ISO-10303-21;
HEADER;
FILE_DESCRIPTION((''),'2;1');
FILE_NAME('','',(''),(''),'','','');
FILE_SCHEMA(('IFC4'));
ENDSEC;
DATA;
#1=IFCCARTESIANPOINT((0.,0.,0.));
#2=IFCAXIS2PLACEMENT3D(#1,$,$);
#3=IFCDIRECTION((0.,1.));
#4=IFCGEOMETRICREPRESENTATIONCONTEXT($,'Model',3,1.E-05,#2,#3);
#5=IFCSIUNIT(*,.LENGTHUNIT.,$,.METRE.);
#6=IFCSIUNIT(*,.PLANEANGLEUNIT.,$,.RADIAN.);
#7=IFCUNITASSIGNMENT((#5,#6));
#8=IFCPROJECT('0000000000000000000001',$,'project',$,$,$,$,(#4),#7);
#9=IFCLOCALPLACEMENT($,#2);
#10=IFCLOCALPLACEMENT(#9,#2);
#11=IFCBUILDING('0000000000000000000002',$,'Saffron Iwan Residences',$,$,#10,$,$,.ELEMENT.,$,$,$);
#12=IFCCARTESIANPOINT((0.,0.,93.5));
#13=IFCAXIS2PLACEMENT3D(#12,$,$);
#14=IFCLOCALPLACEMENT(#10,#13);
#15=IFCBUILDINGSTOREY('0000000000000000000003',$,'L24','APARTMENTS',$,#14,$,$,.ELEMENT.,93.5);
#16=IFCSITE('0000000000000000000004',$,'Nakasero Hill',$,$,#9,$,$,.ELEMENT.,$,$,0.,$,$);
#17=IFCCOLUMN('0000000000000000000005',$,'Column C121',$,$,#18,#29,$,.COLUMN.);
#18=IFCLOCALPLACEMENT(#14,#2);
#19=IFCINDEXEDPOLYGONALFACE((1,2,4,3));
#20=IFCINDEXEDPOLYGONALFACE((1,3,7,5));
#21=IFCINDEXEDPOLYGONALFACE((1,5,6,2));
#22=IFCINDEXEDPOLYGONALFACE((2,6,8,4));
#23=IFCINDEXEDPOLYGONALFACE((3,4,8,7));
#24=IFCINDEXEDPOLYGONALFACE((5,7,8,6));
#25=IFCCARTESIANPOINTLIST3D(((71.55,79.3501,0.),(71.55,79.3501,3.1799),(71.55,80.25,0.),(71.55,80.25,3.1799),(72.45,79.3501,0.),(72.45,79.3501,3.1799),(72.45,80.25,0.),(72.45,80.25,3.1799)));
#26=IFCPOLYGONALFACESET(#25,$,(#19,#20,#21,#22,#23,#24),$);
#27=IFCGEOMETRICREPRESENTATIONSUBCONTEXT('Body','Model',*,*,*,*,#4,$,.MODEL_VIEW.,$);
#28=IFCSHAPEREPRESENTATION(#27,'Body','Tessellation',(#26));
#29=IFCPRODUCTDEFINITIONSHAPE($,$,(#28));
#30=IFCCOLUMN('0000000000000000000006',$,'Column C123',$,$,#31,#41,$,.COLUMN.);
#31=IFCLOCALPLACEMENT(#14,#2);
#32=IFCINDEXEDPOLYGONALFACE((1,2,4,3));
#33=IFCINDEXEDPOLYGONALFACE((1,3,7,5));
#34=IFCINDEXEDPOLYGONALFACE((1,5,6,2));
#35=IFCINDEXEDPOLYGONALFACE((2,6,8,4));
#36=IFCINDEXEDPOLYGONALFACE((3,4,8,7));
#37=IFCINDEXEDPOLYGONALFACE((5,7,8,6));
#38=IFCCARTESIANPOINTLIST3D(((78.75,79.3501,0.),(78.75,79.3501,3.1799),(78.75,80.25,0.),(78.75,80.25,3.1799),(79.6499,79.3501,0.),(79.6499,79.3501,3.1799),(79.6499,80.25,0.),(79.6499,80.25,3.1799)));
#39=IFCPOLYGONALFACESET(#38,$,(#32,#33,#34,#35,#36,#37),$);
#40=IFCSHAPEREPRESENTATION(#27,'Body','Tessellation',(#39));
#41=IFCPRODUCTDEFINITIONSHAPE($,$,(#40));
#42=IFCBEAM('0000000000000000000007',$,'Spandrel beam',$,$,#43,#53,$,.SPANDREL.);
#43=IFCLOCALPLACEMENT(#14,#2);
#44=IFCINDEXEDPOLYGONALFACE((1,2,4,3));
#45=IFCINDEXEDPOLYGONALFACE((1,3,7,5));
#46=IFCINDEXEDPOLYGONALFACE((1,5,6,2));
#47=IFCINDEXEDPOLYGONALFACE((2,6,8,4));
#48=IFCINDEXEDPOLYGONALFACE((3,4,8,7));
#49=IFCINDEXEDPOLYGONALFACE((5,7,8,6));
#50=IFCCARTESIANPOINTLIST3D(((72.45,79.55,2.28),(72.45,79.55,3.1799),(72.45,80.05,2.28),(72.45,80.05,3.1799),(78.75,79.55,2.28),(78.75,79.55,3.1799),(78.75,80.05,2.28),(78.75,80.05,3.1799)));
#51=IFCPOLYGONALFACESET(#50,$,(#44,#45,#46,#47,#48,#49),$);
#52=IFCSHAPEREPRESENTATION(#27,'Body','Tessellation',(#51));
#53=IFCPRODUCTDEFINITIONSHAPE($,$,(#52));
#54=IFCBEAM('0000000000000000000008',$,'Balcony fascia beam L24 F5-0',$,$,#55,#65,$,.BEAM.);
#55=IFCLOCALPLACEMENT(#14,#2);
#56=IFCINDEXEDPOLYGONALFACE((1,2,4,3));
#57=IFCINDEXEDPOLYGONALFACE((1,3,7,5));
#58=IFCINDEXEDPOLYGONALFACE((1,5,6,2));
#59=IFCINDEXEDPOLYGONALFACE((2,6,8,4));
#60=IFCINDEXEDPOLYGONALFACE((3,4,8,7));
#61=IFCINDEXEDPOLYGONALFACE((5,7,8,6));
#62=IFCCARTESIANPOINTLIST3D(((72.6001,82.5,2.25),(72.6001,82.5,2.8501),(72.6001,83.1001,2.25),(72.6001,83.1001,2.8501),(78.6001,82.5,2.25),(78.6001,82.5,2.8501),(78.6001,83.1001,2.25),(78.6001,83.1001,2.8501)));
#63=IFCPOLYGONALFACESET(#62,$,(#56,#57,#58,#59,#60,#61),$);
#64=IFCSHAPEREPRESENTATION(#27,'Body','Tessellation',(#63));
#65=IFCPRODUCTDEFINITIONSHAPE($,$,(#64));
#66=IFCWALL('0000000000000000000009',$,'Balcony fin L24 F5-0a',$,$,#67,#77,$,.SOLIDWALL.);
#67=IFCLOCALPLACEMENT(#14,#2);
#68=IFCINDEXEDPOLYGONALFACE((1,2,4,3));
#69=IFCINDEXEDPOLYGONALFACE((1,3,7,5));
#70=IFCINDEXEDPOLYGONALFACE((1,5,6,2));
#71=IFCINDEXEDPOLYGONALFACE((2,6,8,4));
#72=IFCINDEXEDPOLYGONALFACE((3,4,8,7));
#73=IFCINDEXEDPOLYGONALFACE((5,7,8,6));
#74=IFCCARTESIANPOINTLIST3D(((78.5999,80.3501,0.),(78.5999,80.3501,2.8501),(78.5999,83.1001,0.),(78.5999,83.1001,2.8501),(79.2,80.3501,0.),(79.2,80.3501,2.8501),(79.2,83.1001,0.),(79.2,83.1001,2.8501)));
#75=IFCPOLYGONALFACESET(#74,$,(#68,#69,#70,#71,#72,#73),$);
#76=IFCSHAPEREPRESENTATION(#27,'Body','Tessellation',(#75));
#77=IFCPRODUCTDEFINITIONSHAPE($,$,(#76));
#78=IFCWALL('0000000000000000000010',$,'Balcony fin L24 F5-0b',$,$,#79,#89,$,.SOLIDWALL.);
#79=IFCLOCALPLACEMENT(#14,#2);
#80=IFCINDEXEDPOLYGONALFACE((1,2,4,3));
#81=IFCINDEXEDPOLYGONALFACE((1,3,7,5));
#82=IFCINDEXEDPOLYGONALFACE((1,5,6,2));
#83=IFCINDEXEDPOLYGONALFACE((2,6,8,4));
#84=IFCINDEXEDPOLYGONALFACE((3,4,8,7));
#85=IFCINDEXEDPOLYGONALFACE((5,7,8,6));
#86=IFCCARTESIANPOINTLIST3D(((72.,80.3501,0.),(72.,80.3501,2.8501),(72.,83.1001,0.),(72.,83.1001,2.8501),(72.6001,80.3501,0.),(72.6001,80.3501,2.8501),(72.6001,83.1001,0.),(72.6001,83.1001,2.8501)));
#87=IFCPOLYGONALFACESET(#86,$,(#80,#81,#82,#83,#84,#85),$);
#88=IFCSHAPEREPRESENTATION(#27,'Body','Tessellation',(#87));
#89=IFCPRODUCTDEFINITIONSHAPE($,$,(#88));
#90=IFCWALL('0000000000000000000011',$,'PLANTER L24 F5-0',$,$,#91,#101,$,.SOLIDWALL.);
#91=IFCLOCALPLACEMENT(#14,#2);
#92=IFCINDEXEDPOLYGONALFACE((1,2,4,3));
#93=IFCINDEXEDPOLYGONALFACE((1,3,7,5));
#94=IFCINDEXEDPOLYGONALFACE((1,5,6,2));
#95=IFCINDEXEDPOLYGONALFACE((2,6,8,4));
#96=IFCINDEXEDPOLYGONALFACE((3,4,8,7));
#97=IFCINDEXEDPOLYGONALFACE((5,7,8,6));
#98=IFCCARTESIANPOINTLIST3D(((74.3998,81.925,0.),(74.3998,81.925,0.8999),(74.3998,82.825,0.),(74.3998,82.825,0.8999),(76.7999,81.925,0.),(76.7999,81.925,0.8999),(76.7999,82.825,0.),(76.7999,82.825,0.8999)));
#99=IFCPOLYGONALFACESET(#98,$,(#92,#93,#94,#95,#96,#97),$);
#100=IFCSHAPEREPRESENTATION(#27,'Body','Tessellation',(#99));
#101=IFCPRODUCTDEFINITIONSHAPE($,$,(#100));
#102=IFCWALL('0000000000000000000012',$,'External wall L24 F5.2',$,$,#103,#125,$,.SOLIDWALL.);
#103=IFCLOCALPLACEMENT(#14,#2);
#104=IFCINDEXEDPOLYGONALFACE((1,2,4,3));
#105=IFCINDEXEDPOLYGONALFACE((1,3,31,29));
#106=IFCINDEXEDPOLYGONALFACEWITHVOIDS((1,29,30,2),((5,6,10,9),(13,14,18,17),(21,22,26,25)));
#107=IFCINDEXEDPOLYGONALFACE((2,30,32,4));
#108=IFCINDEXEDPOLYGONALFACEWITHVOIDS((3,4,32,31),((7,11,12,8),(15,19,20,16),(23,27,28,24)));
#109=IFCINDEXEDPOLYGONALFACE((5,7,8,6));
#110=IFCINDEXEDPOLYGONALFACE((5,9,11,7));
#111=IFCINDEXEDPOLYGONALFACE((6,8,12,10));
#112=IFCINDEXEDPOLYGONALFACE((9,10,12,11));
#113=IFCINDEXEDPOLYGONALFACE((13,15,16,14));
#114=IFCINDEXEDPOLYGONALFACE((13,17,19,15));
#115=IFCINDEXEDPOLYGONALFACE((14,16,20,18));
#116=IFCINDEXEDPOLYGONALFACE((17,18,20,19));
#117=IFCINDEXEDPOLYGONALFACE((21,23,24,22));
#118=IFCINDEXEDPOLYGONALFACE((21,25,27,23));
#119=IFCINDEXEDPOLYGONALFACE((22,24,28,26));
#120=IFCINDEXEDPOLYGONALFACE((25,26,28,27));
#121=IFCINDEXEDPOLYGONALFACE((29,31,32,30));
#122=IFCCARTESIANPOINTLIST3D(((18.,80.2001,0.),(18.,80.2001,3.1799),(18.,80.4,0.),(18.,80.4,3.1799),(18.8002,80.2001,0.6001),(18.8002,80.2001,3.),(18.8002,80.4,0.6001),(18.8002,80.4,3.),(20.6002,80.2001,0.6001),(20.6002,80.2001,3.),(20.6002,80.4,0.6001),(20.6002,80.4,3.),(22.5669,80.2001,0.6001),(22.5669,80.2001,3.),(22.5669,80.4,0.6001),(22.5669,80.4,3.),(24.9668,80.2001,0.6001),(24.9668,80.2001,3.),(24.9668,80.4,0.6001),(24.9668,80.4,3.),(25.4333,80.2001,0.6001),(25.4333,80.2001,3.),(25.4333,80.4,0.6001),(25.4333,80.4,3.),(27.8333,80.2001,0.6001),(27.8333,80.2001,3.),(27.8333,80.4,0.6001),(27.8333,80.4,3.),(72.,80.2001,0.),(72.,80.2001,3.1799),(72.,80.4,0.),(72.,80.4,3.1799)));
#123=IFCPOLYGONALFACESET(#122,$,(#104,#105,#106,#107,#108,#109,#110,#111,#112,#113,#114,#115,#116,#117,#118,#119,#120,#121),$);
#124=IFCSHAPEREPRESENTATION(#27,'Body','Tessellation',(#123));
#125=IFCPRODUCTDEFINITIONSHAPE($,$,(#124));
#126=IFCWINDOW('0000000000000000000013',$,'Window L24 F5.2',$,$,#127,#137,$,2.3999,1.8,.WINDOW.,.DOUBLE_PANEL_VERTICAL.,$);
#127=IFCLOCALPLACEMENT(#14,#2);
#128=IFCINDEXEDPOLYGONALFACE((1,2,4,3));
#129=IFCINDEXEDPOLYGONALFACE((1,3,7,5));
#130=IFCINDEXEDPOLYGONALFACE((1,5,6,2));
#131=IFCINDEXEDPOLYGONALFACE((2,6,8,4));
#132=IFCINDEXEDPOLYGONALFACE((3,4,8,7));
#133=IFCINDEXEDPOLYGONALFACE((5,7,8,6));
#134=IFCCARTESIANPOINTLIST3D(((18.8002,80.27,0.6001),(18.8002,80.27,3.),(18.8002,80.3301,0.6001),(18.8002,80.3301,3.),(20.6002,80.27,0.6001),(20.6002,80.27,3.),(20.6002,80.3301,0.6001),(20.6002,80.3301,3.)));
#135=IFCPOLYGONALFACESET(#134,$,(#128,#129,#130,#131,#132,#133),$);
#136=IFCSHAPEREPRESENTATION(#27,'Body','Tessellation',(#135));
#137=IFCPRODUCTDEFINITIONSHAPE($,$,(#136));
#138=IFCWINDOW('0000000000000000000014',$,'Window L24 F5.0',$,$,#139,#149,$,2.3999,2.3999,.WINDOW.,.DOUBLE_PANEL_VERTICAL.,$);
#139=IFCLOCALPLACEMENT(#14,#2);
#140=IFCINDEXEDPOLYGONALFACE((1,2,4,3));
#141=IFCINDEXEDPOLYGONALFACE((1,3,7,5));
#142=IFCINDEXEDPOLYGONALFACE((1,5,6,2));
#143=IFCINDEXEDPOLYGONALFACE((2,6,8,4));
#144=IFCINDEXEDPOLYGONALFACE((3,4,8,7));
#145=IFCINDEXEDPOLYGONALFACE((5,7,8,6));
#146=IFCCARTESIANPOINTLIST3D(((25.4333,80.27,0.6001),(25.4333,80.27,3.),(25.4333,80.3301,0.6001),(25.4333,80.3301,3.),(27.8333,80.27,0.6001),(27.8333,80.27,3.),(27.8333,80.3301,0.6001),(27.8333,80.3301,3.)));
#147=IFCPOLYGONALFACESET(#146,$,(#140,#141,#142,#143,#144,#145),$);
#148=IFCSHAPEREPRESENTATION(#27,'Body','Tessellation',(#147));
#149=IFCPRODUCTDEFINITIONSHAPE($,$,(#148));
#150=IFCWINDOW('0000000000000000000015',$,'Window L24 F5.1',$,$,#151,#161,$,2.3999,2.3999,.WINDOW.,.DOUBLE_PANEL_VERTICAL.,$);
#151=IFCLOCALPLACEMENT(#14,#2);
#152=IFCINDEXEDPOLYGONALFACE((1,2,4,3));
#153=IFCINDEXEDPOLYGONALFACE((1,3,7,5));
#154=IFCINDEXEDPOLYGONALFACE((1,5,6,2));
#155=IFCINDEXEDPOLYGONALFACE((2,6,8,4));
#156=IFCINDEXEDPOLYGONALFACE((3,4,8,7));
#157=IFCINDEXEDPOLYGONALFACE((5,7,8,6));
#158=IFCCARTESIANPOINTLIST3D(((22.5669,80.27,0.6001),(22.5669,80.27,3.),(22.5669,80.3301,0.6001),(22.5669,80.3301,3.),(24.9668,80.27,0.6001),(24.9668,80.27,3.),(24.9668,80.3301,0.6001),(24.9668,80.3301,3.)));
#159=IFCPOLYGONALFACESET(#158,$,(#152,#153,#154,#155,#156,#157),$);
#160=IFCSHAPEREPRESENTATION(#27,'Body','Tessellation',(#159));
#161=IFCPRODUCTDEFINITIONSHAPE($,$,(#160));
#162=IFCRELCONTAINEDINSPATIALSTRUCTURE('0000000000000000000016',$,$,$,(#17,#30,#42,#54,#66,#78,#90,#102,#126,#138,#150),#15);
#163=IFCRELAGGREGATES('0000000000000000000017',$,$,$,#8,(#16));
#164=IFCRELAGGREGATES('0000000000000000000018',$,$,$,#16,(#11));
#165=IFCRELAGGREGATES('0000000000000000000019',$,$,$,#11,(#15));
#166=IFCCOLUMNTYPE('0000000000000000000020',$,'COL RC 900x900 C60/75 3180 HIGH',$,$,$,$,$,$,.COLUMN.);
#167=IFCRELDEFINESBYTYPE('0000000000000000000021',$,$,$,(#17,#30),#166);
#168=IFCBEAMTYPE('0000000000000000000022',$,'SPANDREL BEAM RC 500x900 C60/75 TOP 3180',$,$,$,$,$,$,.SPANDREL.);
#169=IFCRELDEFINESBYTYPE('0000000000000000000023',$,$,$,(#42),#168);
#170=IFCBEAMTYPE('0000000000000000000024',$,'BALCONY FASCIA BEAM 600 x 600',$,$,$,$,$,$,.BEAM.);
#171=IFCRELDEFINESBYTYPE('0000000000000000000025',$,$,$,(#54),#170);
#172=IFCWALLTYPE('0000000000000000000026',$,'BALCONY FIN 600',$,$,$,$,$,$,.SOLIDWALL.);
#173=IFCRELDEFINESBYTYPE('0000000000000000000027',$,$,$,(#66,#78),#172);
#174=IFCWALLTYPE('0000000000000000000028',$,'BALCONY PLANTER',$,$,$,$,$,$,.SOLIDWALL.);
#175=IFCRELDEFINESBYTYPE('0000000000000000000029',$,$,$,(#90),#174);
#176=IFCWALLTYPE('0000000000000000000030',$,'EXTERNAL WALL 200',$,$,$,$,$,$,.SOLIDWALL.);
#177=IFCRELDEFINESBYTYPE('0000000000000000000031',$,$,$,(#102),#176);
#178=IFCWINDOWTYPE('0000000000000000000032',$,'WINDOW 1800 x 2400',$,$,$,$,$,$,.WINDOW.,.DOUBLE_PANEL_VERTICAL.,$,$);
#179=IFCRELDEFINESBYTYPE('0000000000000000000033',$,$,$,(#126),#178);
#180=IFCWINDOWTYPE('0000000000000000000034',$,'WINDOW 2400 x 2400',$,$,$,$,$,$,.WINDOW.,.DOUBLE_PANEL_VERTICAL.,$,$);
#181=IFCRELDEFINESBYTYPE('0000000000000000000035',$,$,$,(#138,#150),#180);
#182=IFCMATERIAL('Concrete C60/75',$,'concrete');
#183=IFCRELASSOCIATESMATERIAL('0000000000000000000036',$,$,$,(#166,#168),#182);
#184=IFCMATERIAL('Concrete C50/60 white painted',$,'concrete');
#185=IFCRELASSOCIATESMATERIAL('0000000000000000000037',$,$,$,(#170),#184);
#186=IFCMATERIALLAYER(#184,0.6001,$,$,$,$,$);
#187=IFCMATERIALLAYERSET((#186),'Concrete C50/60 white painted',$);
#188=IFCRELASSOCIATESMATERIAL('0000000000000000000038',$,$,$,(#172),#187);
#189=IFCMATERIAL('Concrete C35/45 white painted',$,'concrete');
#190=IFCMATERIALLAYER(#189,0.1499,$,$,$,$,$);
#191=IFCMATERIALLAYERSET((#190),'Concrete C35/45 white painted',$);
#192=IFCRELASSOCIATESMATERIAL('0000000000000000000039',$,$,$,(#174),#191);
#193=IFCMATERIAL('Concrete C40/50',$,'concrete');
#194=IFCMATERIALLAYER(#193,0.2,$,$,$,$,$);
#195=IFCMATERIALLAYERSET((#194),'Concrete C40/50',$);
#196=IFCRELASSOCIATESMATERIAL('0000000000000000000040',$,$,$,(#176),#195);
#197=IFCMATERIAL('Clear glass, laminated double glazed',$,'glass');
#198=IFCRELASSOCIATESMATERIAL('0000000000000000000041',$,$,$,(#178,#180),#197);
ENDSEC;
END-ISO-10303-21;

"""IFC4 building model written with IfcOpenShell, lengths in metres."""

from ifc_helpers import new_model, si_unit, direction, frame, frame_2d, origin, origin_2d, place, context, subcontext, project, spatial, rectangle, extrude, source, transform, mapped, material, layer, layer_set, material_profile, profile_set, type_object, element, fill, save


model = new_model("IFC4")

# Units and contexts
model_context = context("Model", 3, precision=1e-05, world=origin(), true_north=direction((0.0, 1.0)))
body_context = subcontext(model_context, "Body", "Model", "MODEL_VIEW")
ifc_project = project(units=[si_unit("LENGTHUNIT", "METRE"), si_unit("PLANEANGLEUNIT", "RADIAN")], contexts=[model_context])

# Site, building, storey
site_placement = place(None, origin())
site = spatial("IfcSite", under=ifc_project, at=site_placement, Name="Nakasero Hill", CompositionType="ELEMENT", RefElevation=0.0)
building_placement = place(site_placement, origin())
building = spatial("IfcBuilding", under=site, at=building_placement, Name="Saffron Iwan Residences", CompositionType="ELEMENT")
storey_placement = place(building_placement, frame((0.0, 0.0, 93.5)))
storey = spatial("IfcBuildingStorey", under=building, at=storey_placement, Name="L24", Description="APARTMENTS", CompositionType="ELEMENT", Elevation=93.5)

# Columns
ifc_material_1 = material(Name="Concrete C60/75", Category="concrete")
ifc_material_profile_1 = material_profile(ifc_material_1, rectangle(XDim=0.8999, YDim=0.8999, at=origin_2d()), Name="RC 900x900")
ifc_profile_set_1 = profile_set([ifc_material_profile_1], Name="Concrete C60/75")
column_type = type_object("IfcColumnType", Name="COL RC 900x900 C60/75 3180 HIGH", PredefinedType="COLUMN", material=ifc_profile_set_1)
shared_shape_1 = source(origin(), body_context, "Body", "SweptSolid", [
    extrude(rectangle(XDim=0.8999, YDim=0.8999, at=origin_2d()), origin(), (0.0, 0.0, 1.0), 3.1799),
])
for number, where, z_axis, x_axis, name in (
    (1, (72.0, 79.8, 0.0), (0.0, 0.0, 1.0), (1.0, 0.0, 0.0), "Column C121"),
    (2, (79.2, 79.8, 0.0), (0.0, 0.0, 1.0), (1.0, 0.0, 0.0), "Column C123"),
):
    element("IfcColumn", number, at=place(storey_placement, frame(where, z_axis=z_axis, x_axis=x_axis)), inside=storey, type_object=column_type, Name=name, PredefinedType="COLUMN", context=body_context, shape_type="MappedRepresentation", body=[
        mapped(shared_shape_1, transform((0.0, 0.0, 0.0))),
    ])

# Beams
ifc_material_profile_2 = material_profile(ifc_material_1, rectangle(XDim=0.5, YDim=0.8999, at=origin_2d()), Name="RC 500x900")
ifc_profile_set_2 = profile_set([ifc_material_profile_2], Name="Concrete C60/75")
beam_type_1 = type_object("IfcBeamType", Name="SPANDREL BEAM RC 500x900 C60/75 TOP 3180", PredefinedType="SPANDREL", material=ifc_profile_set_2)
shared_shape_2 = source(origin(), body_context, "Body", "SweptSolid", [
    extrude(rectangle(XDim=0.5, YDim=0.8999, at=origin_2d()), origin(), (0.0, 0.0, 1.0), 6.3),
])
beam_1_placement = place(storey_placement, frame((72.45, 79.8, 2.73), z_axis=(1.0, 0.0, 0.0), x_axis=(0.0, 1.0, 0.0)))
element("IfcBeam", 3, at=beam_1_placement, inside=storey, type_object=beam_type_1, Name="Spandrel beam", PredefinedType="SPANDREL", context=body_context, shape_type="MappedRepresentation", body=[
    mapped(shared_shape_2, transform((0.0, 0.0, 0.0))),
])
ifc_material_2 = material(Name="Concrete C50/60 white painted", Category="concrete")
ifc_material_profile_3 = material_profile(ifc_material_2, rectangle(XDim=0.6001, YDim=0.6001, at=origin_2d()), Name="BALCONY FASCIA BEAM 600 x 600")
ifc_profile_set_3 = profile_set([ifc_material_profile_3], Name="Concrete C50/60 white painted")
beam_type_2 = type_object("IfcBeamType", Name="BALCONY FASCIA BEAM 600 x 600", PredefinedType="BEAM", material=ifc_profile_set_3)
shared_shape_3 = source(origin(), body_context, "Body", "SweptSolid", [
    extrude(rectangle(XDim=0.6001, YDim=0.6001, at=origin_2d()), origin(), (0.0, 0.0, 1.0), 6.0),
])
beam_2_placement = place(storey_placement, frame((78.6001, 82.8, 2.55), z_axis=(-1.0, 0.0, 0.0), x_axis=(0.0, -1.0, 0.0)))
element("IfcBeam", 4, at=beam_2_placement, inside=storey, type_object=beam_type_2, Name="Balcony fascia beam L24 F5-0", PredefinedType="BEAM", context=body_context, shape_type="MappedRepresentation", body=[
    mapped(shared_shape_3, transform((0.0, 0.0, 0.0))),
])

# Walls
ifc_layer_1 = layer(ifc_material_2, 0.6001)
ifc_layer_set_1 = layer_set([ifc_layer_1], Name="Concrete C50/60 white painted")
wall_type_1 = type_object("IfcWallType", Name="BALCONY FIN 600", PredefinedType="SOLIDWALL", material=ifc_layer_set_1)
for number, where, z_axis, x_axis, name in (
    (5, (78.8999, 80.3501, 0.0), (0.0, 0.0, 1.0), (0.0, 1.0, 0.0), "Balcony fin L24 F5-0a"),
    (6, (72.3, 80.3501, 0.0), (0.0, 0.0, 1.0), (0.0, 1.0, 0.0), "Balcony fin L24 F5-0b"),
):
    element("IfcWall", number, at=place(storey_placement, frame(where, z_axis=z_axis, x_axis=x_axis)), inside=storey, type_object=wall_type_1, Name=name, PredefinedType="SOLIDWALL", context=body_context, shape_type="SweptSolid", body=[
        extrude(rectangle(XDim=2.75, YDim=0.6001, at=frame_2d((1.375, 0.0))), origin(), (0.0, 0.0, 1.0), 2.8501),
    ])
ifc_material_3 = material(Name="Concrete C35/45 white painted", Category="concrete")
ifc_layer_2 = layer(ifc_material_3, 0.1499)
ifc_layer_set_2 = layer_set([ifc_layer_2], Name="Concrete C35/45 white painted")
wall_type_2 = type_object("IfcWallType", Name="BALCONY PLANTER", PredefinedType="SOLIDWALL", material=ifc_layer_set_2)
wall_1_placement = place(storey_placement, frame((76.8, 82.375, 0.0), z_axis=(0.0, 0.0, 1.0), x_axis=(-1.0, 0.0, 0.0)))
element("IfcWall", 7, at=wall_1_placement, inside=storey, type_object=wall_type_2, Name="PLANTER L24 F5-0", PredefinedType="SOLIDWALL", context=body_context, shape_type="SweptSolid", body=[
    extrude(rectangle(XDim=2.4001, YDim=0.8999, at=frame_2d((1.2002, 0.0))), origin(), (0.0, 0.0, 1.0), 0.8999),
])

# Shared definitions
ifc_material_4 = material(Name="Concrete C40/50", Category="concrete")
ifc_layer_3 = layer(ifc_material_4, 0.2)
ifc_layer_set_3 = layer_set([ifc_layer_3], Name="Concrete C40/50")
wall_type_3 = type_object("IfcWallType", Name="EXTERNAL WALL 200", PredefinedType="SOLIDWALL", material=ifc_layer_set_3)
ifc_material_5 = material(Name="Clear glass, laminated double glazed", Category="glass")

# Wall, openings, windows
wall_2_placement = place(storey_placement, frame((72.0, 80.3, 0.0), z_axis=(0.0, 0.0, 1.0), x_axis=(-1.0, 0.0, 0.0)))
wall_2 = element("IfcWall", 8, at=wall_2_placement, inside=storey, type_object=wall_type_3, Name="External wall L24 F5.2", PredefinedType="SOLIDWALL", context=body_context, shape_type="SweptSolid", body=[
    extrude(rectangle(XDim=54.0, YDim=0.2, at=frame_2d((27.0, 0.0))), origin(), (0.0, 0.0, 1.0), 3.1799),
])
opening_1_placement = place(wall_2_placement, frame((44.1667, 0.0, 0.6001)))
opening_1 = element("IfcOpeningElement", 9, at=opening_1_placement, cuts=wall_2, PredefinedType="OPENING", context=body_context, shape_type="SweptSolid", body=[
    extrude(rectangle(XDim=2.3999, YDim=2.3999, at=frame_2d((1.2, 1.2))), frame((0.0, 0.1099, 0.0), z_axis=(0.0, -1.0, 0.0), x_axis=(1.0, 0.0, 0.0)), (0.0, 0.0, 1.0), 0.22),
])
opening_2_placement = place(wall_2_placement, frame((47.0332, 0.0, 0.6001)))
opening_2 = element("IfcOpeningElement", 10, at=opening_2_placement, cuts=wall_2, PredefinedType="OPENING", context=body_context, shape_type="SweptSolid", body=[
    extrude(rectangle(XDim=2.3999, YDim=2.3999, at=frame_2d((1.2, 1.2))), frame((0.0, 0.1099, 0.0), z_axis=(0.0, -1.0, 0.0), x_axis=(1.0, 0.0, 0.0)), (0.0, 0.0, 1.0), 0.22),
])
opening_3_placement = place(wall_2_placement, frame((51.3999, 0.0, 0.6001)))
opening_3 = element("IfcOpeningElement", 11, at=opening_3_placement, cuts=wall_2, PredefinedType="OPENING", context=body_context, shape_type="SweptSolid", body=[
    extrude(rectangle(XDim=1.8, YDim=2.3999, at=frame_2d((0.8999, 1.2))), frame((0.0, 0.1099, 0.0), z_axis=(0.0, -1.0, 0.0), x_axis=(1.0, 0.0, 0.0)), (0.0, 0.0, 1.0), 0.22),
])
window_type_1 = type_object("IfcWindowType", Name="WINDOW 1800 x 2400", PartitioningType="DOUBLE_PANEL_VERTICAL", PredefinedType="WINDOW", material=ifc_material_5)
window_1_placement = place(opening_3_placement, origin())
window_1 = element("IfcWindow", 12, at=window_1_placement, inside=storey, type_object=window_type_1, Name="Window L24 F5.2", OverallHeight=2.3999, OverallWidth=1.8, PartitioningType="DOUBLE_PANEL_VERTICAL", PredefinedType="WINDOW", context=body_context, shape_type="SweptSolid", body=[
    extrude(rectangle(XDim=1.8, YDim=2.3999, at=frame_2d((0.8999, 1.2))), frame((0.0, 0.03, 0.0), z_axis=(0.0, -1.0, 0.0), x_axis=(1.0, 0.0, 0.0)), (0.0, 0.0, 1.0), 0.0601),
])
fill(opening_3, window_1)
window_type_2 = type_object("IfcWindowType", Name="WINDOW 2400 x 2400", PartitioningType="DOUBLE_PANEL_VERTICAL", PredefinedType="WINDOW", material=ifc_material_5)
window_2_placement = place(opening_1_placement, origin())
window_2 = element("IfcWindow", 13, at=window_2_placement, inside=storey, type_object=window_type_2, Name="Window L24 F5.0", OverallHeight=2.3999, OverallWidth=2.3999, PartitioningType="DOUBLE_PANEL_VERTICAL", PredefinedType="WINDOW", context=body_context, shape_type="SweptSolid", body=[
    extrude(rectangle(XDim=2.3999, YDim=2.3999, at=frame_2d((1.2, 1.2))), frame((0.0, 0.03, 0.0), z_axis=(0.0, -1.0, 0.0), x_axis=(1.0, 0.0, 0.0)), (0.0, 0.0, 1.0), 0.0601),
])
fill(opening_1, window_2)
window_3_placement = place(opening_2_placement, origin())
window_3 = element("IfcWindow", 14, at=window_3_placement, inside=storey, type_object=window_type_2, Name="Window L24 F5.1", OverallHeight=2.3999, OverallWidth=2.3999, PartitioningType="DOUBLE_PANEL_VERTICAL", PredefinedType="WINDOW", context=body_context, shape_type="SweptSolid", body=[
    extrude(rectangle(XDim=2.3999, YDim=2.3999, at=frame_2d((1.2, 1.2))), frame((0.0, 0.03, 0.0), z_axis=(0.0, -1.0, 0.0), x_axis=(1.0, 0.0, 0.0)), (0.0, 0.0, 1.0), 0.0601),
])
fill(opening_2, window_3)

save(model, "model.ifc")
